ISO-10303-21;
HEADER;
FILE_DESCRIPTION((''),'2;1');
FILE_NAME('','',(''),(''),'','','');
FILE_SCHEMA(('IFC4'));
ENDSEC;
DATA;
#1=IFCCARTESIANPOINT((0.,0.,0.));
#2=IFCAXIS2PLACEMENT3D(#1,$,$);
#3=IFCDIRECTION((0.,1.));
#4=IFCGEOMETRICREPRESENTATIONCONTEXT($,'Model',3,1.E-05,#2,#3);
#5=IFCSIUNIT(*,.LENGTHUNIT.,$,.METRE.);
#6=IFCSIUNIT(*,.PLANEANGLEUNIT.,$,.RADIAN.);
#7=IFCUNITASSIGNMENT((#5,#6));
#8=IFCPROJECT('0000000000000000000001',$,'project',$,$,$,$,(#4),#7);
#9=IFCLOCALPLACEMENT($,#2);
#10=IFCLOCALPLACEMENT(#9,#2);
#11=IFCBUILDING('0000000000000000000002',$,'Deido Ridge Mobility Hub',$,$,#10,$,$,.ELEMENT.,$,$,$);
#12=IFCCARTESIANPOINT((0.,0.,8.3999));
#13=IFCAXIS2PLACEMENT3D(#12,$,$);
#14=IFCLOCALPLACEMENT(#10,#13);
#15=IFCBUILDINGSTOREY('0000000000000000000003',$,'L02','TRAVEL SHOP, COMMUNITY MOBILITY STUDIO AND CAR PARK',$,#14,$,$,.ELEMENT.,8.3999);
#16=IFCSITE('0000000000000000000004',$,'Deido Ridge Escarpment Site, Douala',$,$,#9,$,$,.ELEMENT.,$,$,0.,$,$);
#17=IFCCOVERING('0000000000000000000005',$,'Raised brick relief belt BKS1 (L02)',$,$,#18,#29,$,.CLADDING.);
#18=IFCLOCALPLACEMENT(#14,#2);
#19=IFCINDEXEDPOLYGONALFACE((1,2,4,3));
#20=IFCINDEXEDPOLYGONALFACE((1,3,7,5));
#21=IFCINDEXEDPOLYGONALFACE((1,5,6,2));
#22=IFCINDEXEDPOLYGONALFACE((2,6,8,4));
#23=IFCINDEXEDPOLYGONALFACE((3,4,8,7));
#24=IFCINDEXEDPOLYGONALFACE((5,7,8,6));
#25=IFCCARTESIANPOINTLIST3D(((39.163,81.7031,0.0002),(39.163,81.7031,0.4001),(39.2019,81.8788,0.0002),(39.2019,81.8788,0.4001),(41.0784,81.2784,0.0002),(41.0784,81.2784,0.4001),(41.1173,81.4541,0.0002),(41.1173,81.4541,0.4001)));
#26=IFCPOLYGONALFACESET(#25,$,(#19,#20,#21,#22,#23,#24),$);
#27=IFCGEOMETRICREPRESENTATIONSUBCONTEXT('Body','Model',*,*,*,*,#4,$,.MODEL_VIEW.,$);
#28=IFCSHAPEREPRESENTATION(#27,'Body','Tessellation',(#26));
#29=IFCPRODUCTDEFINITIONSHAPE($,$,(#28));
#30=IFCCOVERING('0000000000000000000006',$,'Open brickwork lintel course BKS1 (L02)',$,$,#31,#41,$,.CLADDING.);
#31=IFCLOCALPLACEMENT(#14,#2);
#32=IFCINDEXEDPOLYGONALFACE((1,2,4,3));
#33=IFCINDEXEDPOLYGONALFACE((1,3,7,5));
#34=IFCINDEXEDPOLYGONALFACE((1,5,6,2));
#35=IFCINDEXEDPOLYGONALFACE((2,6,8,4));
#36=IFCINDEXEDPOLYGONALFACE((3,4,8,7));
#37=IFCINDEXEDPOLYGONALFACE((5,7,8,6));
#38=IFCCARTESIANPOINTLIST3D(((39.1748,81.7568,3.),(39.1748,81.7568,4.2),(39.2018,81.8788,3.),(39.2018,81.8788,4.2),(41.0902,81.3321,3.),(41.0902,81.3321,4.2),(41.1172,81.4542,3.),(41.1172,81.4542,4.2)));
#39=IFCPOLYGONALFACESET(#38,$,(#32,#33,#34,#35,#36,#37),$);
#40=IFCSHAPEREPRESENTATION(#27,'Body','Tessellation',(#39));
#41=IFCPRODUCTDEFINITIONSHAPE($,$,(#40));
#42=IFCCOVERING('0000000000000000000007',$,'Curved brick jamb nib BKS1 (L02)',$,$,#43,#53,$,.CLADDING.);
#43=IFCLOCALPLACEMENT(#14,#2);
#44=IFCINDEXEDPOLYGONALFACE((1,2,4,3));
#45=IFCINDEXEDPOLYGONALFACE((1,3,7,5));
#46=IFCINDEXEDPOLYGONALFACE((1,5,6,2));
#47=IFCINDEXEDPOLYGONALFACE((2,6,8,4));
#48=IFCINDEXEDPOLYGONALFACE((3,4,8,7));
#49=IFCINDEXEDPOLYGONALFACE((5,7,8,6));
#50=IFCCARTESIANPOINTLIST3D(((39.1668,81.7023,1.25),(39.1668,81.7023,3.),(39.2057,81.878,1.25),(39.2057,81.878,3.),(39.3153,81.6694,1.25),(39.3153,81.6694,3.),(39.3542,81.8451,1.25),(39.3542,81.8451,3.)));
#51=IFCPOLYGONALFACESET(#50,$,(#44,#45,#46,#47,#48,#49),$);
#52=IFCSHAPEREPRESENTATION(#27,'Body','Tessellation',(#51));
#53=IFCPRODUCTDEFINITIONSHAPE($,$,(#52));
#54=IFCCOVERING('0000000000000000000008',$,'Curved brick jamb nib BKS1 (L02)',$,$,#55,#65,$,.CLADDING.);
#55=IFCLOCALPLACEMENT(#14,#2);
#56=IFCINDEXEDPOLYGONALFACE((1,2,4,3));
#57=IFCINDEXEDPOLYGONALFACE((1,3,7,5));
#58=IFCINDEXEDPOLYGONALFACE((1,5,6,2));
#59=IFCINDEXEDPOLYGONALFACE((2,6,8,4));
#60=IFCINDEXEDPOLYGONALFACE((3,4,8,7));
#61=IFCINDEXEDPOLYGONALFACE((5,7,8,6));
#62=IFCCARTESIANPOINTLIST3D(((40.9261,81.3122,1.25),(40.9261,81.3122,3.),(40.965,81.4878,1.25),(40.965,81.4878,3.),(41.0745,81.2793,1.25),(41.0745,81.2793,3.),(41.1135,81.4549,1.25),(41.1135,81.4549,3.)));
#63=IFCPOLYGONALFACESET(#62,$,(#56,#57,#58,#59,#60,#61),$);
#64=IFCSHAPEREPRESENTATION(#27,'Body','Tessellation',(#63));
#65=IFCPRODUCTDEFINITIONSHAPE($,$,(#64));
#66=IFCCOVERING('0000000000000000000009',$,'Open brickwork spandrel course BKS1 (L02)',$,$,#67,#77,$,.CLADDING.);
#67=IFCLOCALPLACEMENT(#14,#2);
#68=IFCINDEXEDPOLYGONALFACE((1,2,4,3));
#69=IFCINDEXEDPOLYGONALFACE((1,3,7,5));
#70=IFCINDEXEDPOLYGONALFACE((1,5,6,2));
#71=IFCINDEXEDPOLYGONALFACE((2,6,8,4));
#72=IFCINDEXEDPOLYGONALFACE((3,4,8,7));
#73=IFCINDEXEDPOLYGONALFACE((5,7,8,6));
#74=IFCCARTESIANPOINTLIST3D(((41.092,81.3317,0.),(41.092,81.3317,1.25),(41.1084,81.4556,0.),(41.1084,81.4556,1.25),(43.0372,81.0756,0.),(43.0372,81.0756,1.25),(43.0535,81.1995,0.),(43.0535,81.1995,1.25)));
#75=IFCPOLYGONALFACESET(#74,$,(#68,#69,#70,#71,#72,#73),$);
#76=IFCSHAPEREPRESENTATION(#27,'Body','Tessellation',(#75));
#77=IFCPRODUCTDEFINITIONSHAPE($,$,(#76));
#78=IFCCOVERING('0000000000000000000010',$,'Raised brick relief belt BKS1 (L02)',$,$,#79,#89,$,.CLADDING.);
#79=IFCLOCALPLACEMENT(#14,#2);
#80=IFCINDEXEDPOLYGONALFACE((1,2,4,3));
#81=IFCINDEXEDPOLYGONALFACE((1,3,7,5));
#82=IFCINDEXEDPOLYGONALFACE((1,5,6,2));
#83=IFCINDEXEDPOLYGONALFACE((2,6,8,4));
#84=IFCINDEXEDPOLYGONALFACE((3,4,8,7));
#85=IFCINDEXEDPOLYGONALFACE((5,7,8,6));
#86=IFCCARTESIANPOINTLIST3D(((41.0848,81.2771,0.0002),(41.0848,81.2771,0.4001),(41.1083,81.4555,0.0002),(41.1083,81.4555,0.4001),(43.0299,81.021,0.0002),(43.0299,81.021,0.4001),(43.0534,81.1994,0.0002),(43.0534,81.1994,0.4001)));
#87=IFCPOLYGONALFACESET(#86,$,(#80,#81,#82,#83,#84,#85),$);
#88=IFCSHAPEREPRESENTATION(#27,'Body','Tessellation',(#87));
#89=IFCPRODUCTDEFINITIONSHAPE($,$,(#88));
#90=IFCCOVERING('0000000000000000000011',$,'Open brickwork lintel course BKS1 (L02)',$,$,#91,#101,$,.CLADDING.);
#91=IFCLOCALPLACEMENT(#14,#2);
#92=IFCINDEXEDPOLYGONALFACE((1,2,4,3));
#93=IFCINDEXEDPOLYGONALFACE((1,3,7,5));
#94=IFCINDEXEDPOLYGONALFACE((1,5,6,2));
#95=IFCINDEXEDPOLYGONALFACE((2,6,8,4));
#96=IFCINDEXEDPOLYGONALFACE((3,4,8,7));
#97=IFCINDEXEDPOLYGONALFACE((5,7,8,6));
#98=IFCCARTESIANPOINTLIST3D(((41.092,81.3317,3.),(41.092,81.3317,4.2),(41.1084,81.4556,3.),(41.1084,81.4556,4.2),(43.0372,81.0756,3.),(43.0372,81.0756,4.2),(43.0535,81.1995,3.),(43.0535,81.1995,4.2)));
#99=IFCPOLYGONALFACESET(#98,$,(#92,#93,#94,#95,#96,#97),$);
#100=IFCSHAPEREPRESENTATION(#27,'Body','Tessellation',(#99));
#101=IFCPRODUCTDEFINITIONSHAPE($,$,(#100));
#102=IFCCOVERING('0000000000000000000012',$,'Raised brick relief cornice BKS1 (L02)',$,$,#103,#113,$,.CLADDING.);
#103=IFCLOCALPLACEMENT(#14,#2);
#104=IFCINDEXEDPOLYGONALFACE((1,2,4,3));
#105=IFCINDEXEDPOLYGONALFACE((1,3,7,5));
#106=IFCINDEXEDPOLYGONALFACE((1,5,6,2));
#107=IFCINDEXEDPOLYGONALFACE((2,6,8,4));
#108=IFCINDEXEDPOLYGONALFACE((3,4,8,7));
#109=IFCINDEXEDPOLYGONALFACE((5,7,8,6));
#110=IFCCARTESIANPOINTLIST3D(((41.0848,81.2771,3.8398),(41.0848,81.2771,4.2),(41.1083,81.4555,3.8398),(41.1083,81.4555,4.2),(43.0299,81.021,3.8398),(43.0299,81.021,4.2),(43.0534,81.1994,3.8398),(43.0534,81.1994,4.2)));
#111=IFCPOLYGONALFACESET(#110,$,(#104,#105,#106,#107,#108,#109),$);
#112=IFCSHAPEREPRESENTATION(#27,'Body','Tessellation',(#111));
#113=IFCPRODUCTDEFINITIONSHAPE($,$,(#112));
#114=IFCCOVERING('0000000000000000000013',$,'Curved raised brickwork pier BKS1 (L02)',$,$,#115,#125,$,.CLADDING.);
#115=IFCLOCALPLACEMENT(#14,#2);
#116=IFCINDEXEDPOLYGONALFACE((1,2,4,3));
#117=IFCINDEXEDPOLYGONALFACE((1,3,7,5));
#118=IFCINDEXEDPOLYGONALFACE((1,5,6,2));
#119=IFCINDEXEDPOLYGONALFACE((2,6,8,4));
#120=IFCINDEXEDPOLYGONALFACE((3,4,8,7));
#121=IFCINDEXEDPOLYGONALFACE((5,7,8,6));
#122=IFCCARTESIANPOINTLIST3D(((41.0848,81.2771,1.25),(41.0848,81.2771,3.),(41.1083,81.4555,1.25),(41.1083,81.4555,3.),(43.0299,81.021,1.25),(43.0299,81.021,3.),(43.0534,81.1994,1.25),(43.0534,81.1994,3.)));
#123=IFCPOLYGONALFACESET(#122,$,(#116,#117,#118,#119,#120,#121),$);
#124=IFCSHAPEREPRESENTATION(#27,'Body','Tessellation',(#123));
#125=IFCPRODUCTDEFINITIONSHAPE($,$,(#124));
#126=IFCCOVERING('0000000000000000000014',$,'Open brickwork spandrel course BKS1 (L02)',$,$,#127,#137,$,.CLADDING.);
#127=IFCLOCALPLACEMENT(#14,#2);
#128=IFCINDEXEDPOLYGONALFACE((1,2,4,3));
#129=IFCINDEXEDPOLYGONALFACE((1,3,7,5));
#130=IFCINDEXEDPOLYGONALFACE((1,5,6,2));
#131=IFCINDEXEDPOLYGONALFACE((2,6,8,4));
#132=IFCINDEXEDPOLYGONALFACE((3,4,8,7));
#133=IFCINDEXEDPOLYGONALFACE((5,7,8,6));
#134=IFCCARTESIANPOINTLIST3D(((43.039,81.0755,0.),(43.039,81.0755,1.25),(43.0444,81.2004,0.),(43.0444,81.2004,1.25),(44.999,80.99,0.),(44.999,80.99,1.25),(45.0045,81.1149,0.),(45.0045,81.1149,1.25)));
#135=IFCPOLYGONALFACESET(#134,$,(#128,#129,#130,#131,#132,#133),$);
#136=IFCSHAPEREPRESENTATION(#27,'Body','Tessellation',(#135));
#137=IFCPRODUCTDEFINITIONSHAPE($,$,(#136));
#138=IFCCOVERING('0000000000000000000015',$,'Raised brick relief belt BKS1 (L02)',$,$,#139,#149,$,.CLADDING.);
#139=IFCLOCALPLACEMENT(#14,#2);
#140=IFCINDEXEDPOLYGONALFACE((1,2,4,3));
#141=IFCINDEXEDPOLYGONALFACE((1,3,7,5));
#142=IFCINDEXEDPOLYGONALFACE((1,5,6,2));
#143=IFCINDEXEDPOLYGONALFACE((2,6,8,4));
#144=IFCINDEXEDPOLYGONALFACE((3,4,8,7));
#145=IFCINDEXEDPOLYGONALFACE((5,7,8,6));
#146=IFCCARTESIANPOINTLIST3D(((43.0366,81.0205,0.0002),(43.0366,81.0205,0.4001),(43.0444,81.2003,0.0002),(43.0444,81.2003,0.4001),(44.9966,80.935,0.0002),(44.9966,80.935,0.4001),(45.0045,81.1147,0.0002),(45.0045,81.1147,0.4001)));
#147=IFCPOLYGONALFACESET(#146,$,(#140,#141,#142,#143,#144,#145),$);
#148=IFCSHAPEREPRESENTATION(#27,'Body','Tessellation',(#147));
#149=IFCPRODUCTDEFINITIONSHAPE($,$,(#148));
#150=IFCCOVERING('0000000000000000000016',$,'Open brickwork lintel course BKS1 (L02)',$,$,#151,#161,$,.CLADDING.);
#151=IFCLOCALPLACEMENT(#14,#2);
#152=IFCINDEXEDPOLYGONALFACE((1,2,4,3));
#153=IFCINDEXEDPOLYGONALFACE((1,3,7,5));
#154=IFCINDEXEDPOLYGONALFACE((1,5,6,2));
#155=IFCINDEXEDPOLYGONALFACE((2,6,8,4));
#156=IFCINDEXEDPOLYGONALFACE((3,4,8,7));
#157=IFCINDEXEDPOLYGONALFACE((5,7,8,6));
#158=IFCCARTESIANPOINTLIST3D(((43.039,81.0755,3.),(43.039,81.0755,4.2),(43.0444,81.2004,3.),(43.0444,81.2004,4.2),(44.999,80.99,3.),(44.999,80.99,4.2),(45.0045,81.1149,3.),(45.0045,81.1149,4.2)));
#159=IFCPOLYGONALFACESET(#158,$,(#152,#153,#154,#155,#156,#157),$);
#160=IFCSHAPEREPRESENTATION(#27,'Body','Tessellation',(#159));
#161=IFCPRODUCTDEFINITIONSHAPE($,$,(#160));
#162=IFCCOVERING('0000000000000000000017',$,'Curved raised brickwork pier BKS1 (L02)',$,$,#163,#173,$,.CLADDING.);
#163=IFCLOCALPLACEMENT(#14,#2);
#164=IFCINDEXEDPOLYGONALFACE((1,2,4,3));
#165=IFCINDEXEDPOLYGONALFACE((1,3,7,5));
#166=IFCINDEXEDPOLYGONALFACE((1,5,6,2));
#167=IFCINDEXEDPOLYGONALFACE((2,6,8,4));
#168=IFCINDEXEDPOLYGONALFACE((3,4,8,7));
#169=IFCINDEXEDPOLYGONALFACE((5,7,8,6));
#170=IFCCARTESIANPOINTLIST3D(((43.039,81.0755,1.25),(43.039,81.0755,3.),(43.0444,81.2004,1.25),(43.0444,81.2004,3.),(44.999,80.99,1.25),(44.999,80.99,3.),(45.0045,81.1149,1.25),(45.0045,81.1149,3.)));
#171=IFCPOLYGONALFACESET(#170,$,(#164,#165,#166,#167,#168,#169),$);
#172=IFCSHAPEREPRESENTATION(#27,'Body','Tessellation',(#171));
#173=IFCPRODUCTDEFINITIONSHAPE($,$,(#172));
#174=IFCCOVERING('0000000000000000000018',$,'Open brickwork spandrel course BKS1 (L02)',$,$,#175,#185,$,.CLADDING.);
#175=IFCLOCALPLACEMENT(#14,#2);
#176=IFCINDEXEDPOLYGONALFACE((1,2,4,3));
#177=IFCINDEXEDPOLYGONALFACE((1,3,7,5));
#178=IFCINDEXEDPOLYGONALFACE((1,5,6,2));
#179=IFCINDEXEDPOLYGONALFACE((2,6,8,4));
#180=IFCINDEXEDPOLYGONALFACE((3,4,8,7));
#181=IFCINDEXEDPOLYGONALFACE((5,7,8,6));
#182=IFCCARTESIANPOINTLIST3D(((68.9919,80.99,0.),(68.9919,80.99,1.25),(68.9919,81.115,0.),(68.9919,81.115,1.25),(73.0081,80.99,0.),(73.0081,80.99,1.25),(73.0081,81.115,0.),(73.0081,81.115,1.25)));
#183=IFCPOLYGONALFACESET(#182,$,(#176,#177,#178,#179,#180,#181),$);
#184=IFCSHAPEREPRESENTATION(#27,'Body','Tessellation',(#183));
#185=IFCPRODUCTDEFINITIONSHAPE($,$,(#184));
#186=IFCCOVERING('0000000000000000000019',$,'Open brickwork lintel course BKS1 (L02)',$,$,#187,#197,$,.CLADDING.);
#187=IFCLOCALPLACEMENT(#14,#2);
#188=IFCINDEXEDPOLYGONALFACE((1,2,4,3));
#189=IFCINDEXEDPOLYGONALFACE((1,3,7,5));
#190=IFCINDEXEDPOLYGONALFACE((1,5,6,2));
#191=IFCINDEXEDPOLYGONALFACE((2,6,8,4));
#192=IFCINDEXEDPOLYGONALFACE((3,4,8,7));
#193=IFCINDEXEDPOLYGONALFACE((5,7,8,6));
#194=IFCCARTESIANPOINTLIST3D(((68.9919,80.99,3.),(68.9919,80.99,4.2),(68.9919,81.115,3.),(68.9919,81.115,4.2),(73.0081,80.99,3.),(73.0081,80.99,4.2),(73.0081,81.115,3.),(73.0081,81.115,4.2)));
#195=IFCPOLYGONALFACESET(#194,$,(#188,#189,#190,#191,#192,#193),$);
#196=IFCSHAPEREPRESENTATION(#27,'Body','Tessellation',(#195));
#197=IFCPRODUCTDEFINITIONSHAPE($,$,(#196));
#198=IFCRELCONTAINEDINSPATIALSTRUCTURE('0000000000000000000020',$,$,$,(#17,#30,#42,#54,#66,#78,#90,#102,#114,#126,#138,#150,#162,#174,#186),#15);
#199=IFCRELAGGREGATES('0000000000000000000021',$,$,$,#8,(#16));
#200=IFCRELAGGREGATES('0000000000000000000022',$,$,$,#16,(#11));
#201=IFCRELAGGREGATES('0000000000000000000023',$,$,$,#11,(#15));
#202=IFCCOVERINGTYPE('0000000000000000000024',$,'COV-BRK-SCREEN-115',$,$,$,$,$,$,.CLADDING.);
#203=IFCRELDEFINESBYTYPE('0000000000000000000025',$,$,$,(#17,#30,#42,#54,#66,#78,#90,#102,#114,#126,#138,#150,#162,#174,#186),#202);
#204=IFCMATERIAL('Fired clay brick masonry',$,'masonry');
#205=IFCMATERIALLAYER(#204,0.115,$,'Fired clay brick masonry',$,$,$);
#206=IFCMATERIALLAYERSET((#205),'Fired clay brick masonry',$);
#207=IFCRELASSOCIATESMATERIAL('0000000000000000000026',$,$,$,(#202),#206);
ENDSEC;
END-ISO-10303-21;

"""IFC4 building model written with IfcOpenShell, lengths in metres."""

from ifc_helpers import new_model, si_unit, direction, frame, origin, origin_2d, place, context, subcontext, project, spatial, rectangle, extrude, material, layer, layer_set, type_object, element, save


model = new_model("IFC4")

# Units and contexts
model_context = context("Model", 3, precision=1e-05, world=origin(), true_north=direction((0.0, 1.0)))
body_context = subcontext(model_context, "Body", "Model", "MODEL_VIEW")
ifc_project = project(units=[si_unit("LENGTHUNIT", "METRE"), si_unit("PLANEANGLEUNIT", "RADIAN")], contexts=[model_context])

# Site, building, storey
site_placement = place(None, origin())
site = spatial("IfcSite", under=ifc_project, at=site_placement, Name="Deido Ridge Escarpment Site, Douala", CompositionType="ELEMENT", RefElevation=0.0)
building_placement = place(site_placement, origin())
building = spatial("IfcBuilding", under=site, at=building_placement, Name="Deido Ridge Mobility Hub", CompositionType="ELEMENT")
storey_placement = place(building_placement, frame((0.0, 0.0, 8.3999)))
storey = spatial("IfcBuildingStorey", under=building, at=storey_placement, Name="L02", Description="TRAVEL SHOP, COMMUNITY MOBILITY STUDIO AND CAR PARK", CompositionType="ELEMENT", Elevation=8.3999)

# Coverings
ifc_material_1 = material(Name="Fired clay brick masonry", Category="masonry")
ifc_layer = layer(ifc_material_1, 0.115, Name="Fired clay brick masonry")
ifc_layer_set = layer_set([ifc_layer], Name="Fired clay brick masonry")
covering_type = type_object("IfcCoveringType", Name="COV-BRK-SCREEN-115", PredefinedType="CLADDING", material=ifc_layer_set)
covering_1_placement = place(storey_placement, frame((40.1401, 81.5786, 0.0002), z_axis=(0.0, 0.0, 1.0), x_axis=(0.976292, -0.216457, 0.0)))
element("IfcCovering", 1, at=covering_1_placement, inside=storey, type_object=covering_type, Name="Raised brick relief belt BKS1 (L02)", PredefinedType="CLADDING", context=body_context, shape_type="SweptSolid", body=[
    extrude(rectangle(XDim=1.9619, YDim=0.1799, at=origin_2d()), origin(), (0.0, 0.0, 1.0), 0.3999),
])
covering_2_placement = place(storey_placement, frame((40.146, 81.6055, 3.0), z_axis=(0.0, 0.0, 1.0), x_axis=(0.976292, -0.216457, 0.0)))
element("IfcCovering", 2, at=covering_2_placement, inside=storey, type_object=covering_type, Name="Open brickwork lintel course BKS1 (L02)", PredefinedType="CLADDING", context=body_context, shape_type="SweptSolid", body=[
    extrude(rectangle(XDim=1.9619, YDim=0.125, at=origin_2d()), origin(), (0.0, 0.0, 1.0), 1.2),
])
for number, where, z_axis, x_axis, name in (
    (3, (39.2605, 81.7737, 1.25), (0.0, 0.0, 1.0), (0.976292, -0.216457, 0.0), "Curved brick jamb nib BKS1 (L02)"),
    (4, (41.0198, 81.3835, 1.25), (0.0, 0.0, 1.0), (0.976292, -0.216457, 0.0), "Curved brick jamb nib BKS1 (L02)"),
):
    element("IfcCovering", number, at=place(storey_placement, frame(where, z_axis=z_axis, x_axis=x_axis)), inside=storey, type_object=covering_type, Name=name, PredefinedType="CLADDING", context=body_context, shape_type="SweptSolid", body=[
        extrude(rectangle(XDim=0.1521, YDim=0.1799, at=origin_2d()), origin(), (0.0, 0.0, 1.0), 1.75),
    ])
covering_3_placement = place(storey_placement, frame((42.0728, 81.2656, 0.0), z_axis=(0.0, 0.0, 1.0), x_axis=(0.991443, -0.130543, 0.0)))
element("IfcCovering", 5, at=covering_3_placement, inside=storey, type_object=covering_type, Name="Open brickwork spandrel course BKS1 (L02)", PredefinedType="CLADDING", context=body_context, shape_type="SweptSolid", body=[
    extrude(rectangle(XDim=1.9619, YDim=0.125, at=origin_2d()), origin(), (0.0, 0.0, 1.0), 1.25),
])
covering_4_placement = place(storey_placement, frame((42.0691, 81.2383, 0.0002), z_axis=(0.0, 0.0, 1.0), x_axis=(0.991443, -0.130543, 0.0)))
element("IfcCovering", 6, at=covering_4_placement, inside=storey, type_object=covering_type, Name="Raised brick relief belt BKS1 (L02)", PredefinedType="CLADDING", context=body_context, shape_type="SweptSolid", body=[
    extrude(rectangle(XDim=1.9619, YDim=0.1799, at=origin_2d()), origin(), (0.0, 0.0, 1.0), 0.3999),
])
covering_5_placement = place(storey_placement, frame((42.0728, 81.2656, 3.0), z_axis=(0.0, 0.0, 1.0), x_axis=(0.991443, -0.130543, 0.0)))
element("IfcCovering", 7, at=covering_5_placement, inside=storey, type_object=covering_type, Name="Open brickwork lintel course BKS1 (L02)", PredefinedType="CLADDING", context=body_context, shape_type="SweptSolid", body=[
    extrude(rectangle(XDim=1.9619, YDim=0.125, at=origin_2d()), origin(), (0.0, 0.0, 1.0), 1.2),
])
covering_6_placement = place(storey_placement, frame((42.0691, 81.2383, 3.8398), z_axis=(0.0, 0.0, 1.0), x_axis=(0.991443, -0.130543, 0.0)))
element("IfcCovering", 8, at=covering_6_placement, inside=storey, type_object=covering_type, Name="Raised brick relief cornice BKS1 (L02)", PredefinedType="CLADDING", context=body_context, shape_type="SweptSolid", body=[
    extrude(rectangle(XDim=1.9619, YDim=0.1799, at=origin_2d()), origin(), (0.0, 0.0, 1.0), 0.3601),
])
covering_7_placement = place(storey_placement, frame((42.0691, 81.2383, 1.25), z_axis=(0.0, 0.0, 1.0), x_axis=(0.991443, -0.130543, 0.0)))
element("IfcCovering", 9, at=covering_7_placement, inside=storey, type_object=covering_type, Name="Curved raised brickwork pier BKS1 (L02)", PredefinedType="CLADDING", context=body_context, shape_type="SweptSolid", body=[
    extrude(rectangle(XDim=1.9619, YDim=0.1799, at=origin_2d()), origin(), (0.0, 0.0, 1.0), 1.75),
])
covering_8_placement = place(storey_placement, frame((44.0217, 81.0952, 0.0), z_axis=(0.0, 0.0, 1.0), x_axis=(0.999049, -0.043602, 0.0)))
element("IfcCovering", 10, at=covering_8_placement, inside=storey, type_object=covering_type, Name="Open brickwork spandrel course BKS1 (L02)", PredefinedType="CLADDING", context=body_context, shape_type="SweptSolid", body=[
    extrude(rectangle(XDim=1.9619, YDim=0.125, at=origin_2d()), origin(), (0.0, 0.0, 1.0), 1.25),
])
covering_9_placement = place(storey_placement, frame((44.0205, 81.0676, 0.0002), z_axis=(0.0, 0.0, 1.0), x_axis=(0.999049, -0.043602, 0.0)))
element("IfcCovering", 11, at=covering_9_placement, inside=storey, type_object=covering_type, Name="Raised brick relief belt BKS1 (L02)", PredefinedType="CLADDING", context=body_context, shape_type="SweptSolid", body=[
    extrude(rectangle(XDim=1.9619, YDim=0.1799, at=origin_2d()), origin(), (0.0, 0.0, 1.0), 0.3999),
])
covering_10_placement = place(storey_placement, frame((44.0217, 81.0952, 3.0), z_axis=(0.0, 0.0, 1.0), x_axis=(0.999049, -0.043602, 0.0)))
element("IfcCovering", 12, at=covering_10_placement, inside=storey, type_object=covering_type, Name="Open brickwork lintel course BKS1 (L02)", PredefinedType="CLADDING", context=body_context, shape_type="SweptSolid", body=[
    extrude(rectangle(XDim=1.9619, YDim=0.125, at=origin_2d()), origin(), (0.0, 0.0, 1.0), 1.2),
])
covering_11_placement = place(storey_placement, frame((44.0217, 81.0952, 1.25), z_axis=(0.0, 0.0, 1.0), x_axis=(0.999049, -0.043602, 0.0)))
element("IfcCovering", 13, at=covering_11_placement, inside=storey, type_object=covering_type, Name="Curved raised brickwork pier BKS1 (L02)", PredefinedType="CLADDING", context=body_context, shape_type="SweptSolid", body=[
    extrude(rectangle(XDim=1.9619, YDim=0.125, at=origin_2d()), origin(), (0.0, 0.0, 1.0), 1.75),
])
covering_12_placement = place(storey_placement, frame((71.0, 81.0525, 0.0), z_axis=(0.0, 0.0, 1.0), x_axis=(1.0, 0.0, 0.0)))
element("IfcCovering", 14, at=covering_12_placement, inside=storey, type_object=covering_type, Name="Open brickwork spandrel course BKS1 (L02)", PredefinedType="CLADDING", context=body_context, shape_type="SweptSolid", body=[
    extrude(rectangle(XDim=4.0161, YDim=0.125, at=origin_2d()), origin(), (0.0, 0.0, 1.0), 1.25),
])
covering_13_placement = place(storey_placement, frame((71.0, 81.0525, 3.0), z_axis=(0.0, 0.0, 1.0), x_axis=(1.0, 0.0, 0.0)))
element("IfcCovering", 15, at=covering_13_placement, inside=storey, type_object=covering_type, Name="Open brickwork lintel course BKS1 (L02)", PredefinedType="CLADDING", context=body_context, shape_type="SweptSolid", body=[
    extrude(rectangle(XDim=4.0161, YDim=0.125, at=origin_2d()), origin(), (0.0, 0.0, 1.0), 1.2),
])

save(model, "model.ifc")
